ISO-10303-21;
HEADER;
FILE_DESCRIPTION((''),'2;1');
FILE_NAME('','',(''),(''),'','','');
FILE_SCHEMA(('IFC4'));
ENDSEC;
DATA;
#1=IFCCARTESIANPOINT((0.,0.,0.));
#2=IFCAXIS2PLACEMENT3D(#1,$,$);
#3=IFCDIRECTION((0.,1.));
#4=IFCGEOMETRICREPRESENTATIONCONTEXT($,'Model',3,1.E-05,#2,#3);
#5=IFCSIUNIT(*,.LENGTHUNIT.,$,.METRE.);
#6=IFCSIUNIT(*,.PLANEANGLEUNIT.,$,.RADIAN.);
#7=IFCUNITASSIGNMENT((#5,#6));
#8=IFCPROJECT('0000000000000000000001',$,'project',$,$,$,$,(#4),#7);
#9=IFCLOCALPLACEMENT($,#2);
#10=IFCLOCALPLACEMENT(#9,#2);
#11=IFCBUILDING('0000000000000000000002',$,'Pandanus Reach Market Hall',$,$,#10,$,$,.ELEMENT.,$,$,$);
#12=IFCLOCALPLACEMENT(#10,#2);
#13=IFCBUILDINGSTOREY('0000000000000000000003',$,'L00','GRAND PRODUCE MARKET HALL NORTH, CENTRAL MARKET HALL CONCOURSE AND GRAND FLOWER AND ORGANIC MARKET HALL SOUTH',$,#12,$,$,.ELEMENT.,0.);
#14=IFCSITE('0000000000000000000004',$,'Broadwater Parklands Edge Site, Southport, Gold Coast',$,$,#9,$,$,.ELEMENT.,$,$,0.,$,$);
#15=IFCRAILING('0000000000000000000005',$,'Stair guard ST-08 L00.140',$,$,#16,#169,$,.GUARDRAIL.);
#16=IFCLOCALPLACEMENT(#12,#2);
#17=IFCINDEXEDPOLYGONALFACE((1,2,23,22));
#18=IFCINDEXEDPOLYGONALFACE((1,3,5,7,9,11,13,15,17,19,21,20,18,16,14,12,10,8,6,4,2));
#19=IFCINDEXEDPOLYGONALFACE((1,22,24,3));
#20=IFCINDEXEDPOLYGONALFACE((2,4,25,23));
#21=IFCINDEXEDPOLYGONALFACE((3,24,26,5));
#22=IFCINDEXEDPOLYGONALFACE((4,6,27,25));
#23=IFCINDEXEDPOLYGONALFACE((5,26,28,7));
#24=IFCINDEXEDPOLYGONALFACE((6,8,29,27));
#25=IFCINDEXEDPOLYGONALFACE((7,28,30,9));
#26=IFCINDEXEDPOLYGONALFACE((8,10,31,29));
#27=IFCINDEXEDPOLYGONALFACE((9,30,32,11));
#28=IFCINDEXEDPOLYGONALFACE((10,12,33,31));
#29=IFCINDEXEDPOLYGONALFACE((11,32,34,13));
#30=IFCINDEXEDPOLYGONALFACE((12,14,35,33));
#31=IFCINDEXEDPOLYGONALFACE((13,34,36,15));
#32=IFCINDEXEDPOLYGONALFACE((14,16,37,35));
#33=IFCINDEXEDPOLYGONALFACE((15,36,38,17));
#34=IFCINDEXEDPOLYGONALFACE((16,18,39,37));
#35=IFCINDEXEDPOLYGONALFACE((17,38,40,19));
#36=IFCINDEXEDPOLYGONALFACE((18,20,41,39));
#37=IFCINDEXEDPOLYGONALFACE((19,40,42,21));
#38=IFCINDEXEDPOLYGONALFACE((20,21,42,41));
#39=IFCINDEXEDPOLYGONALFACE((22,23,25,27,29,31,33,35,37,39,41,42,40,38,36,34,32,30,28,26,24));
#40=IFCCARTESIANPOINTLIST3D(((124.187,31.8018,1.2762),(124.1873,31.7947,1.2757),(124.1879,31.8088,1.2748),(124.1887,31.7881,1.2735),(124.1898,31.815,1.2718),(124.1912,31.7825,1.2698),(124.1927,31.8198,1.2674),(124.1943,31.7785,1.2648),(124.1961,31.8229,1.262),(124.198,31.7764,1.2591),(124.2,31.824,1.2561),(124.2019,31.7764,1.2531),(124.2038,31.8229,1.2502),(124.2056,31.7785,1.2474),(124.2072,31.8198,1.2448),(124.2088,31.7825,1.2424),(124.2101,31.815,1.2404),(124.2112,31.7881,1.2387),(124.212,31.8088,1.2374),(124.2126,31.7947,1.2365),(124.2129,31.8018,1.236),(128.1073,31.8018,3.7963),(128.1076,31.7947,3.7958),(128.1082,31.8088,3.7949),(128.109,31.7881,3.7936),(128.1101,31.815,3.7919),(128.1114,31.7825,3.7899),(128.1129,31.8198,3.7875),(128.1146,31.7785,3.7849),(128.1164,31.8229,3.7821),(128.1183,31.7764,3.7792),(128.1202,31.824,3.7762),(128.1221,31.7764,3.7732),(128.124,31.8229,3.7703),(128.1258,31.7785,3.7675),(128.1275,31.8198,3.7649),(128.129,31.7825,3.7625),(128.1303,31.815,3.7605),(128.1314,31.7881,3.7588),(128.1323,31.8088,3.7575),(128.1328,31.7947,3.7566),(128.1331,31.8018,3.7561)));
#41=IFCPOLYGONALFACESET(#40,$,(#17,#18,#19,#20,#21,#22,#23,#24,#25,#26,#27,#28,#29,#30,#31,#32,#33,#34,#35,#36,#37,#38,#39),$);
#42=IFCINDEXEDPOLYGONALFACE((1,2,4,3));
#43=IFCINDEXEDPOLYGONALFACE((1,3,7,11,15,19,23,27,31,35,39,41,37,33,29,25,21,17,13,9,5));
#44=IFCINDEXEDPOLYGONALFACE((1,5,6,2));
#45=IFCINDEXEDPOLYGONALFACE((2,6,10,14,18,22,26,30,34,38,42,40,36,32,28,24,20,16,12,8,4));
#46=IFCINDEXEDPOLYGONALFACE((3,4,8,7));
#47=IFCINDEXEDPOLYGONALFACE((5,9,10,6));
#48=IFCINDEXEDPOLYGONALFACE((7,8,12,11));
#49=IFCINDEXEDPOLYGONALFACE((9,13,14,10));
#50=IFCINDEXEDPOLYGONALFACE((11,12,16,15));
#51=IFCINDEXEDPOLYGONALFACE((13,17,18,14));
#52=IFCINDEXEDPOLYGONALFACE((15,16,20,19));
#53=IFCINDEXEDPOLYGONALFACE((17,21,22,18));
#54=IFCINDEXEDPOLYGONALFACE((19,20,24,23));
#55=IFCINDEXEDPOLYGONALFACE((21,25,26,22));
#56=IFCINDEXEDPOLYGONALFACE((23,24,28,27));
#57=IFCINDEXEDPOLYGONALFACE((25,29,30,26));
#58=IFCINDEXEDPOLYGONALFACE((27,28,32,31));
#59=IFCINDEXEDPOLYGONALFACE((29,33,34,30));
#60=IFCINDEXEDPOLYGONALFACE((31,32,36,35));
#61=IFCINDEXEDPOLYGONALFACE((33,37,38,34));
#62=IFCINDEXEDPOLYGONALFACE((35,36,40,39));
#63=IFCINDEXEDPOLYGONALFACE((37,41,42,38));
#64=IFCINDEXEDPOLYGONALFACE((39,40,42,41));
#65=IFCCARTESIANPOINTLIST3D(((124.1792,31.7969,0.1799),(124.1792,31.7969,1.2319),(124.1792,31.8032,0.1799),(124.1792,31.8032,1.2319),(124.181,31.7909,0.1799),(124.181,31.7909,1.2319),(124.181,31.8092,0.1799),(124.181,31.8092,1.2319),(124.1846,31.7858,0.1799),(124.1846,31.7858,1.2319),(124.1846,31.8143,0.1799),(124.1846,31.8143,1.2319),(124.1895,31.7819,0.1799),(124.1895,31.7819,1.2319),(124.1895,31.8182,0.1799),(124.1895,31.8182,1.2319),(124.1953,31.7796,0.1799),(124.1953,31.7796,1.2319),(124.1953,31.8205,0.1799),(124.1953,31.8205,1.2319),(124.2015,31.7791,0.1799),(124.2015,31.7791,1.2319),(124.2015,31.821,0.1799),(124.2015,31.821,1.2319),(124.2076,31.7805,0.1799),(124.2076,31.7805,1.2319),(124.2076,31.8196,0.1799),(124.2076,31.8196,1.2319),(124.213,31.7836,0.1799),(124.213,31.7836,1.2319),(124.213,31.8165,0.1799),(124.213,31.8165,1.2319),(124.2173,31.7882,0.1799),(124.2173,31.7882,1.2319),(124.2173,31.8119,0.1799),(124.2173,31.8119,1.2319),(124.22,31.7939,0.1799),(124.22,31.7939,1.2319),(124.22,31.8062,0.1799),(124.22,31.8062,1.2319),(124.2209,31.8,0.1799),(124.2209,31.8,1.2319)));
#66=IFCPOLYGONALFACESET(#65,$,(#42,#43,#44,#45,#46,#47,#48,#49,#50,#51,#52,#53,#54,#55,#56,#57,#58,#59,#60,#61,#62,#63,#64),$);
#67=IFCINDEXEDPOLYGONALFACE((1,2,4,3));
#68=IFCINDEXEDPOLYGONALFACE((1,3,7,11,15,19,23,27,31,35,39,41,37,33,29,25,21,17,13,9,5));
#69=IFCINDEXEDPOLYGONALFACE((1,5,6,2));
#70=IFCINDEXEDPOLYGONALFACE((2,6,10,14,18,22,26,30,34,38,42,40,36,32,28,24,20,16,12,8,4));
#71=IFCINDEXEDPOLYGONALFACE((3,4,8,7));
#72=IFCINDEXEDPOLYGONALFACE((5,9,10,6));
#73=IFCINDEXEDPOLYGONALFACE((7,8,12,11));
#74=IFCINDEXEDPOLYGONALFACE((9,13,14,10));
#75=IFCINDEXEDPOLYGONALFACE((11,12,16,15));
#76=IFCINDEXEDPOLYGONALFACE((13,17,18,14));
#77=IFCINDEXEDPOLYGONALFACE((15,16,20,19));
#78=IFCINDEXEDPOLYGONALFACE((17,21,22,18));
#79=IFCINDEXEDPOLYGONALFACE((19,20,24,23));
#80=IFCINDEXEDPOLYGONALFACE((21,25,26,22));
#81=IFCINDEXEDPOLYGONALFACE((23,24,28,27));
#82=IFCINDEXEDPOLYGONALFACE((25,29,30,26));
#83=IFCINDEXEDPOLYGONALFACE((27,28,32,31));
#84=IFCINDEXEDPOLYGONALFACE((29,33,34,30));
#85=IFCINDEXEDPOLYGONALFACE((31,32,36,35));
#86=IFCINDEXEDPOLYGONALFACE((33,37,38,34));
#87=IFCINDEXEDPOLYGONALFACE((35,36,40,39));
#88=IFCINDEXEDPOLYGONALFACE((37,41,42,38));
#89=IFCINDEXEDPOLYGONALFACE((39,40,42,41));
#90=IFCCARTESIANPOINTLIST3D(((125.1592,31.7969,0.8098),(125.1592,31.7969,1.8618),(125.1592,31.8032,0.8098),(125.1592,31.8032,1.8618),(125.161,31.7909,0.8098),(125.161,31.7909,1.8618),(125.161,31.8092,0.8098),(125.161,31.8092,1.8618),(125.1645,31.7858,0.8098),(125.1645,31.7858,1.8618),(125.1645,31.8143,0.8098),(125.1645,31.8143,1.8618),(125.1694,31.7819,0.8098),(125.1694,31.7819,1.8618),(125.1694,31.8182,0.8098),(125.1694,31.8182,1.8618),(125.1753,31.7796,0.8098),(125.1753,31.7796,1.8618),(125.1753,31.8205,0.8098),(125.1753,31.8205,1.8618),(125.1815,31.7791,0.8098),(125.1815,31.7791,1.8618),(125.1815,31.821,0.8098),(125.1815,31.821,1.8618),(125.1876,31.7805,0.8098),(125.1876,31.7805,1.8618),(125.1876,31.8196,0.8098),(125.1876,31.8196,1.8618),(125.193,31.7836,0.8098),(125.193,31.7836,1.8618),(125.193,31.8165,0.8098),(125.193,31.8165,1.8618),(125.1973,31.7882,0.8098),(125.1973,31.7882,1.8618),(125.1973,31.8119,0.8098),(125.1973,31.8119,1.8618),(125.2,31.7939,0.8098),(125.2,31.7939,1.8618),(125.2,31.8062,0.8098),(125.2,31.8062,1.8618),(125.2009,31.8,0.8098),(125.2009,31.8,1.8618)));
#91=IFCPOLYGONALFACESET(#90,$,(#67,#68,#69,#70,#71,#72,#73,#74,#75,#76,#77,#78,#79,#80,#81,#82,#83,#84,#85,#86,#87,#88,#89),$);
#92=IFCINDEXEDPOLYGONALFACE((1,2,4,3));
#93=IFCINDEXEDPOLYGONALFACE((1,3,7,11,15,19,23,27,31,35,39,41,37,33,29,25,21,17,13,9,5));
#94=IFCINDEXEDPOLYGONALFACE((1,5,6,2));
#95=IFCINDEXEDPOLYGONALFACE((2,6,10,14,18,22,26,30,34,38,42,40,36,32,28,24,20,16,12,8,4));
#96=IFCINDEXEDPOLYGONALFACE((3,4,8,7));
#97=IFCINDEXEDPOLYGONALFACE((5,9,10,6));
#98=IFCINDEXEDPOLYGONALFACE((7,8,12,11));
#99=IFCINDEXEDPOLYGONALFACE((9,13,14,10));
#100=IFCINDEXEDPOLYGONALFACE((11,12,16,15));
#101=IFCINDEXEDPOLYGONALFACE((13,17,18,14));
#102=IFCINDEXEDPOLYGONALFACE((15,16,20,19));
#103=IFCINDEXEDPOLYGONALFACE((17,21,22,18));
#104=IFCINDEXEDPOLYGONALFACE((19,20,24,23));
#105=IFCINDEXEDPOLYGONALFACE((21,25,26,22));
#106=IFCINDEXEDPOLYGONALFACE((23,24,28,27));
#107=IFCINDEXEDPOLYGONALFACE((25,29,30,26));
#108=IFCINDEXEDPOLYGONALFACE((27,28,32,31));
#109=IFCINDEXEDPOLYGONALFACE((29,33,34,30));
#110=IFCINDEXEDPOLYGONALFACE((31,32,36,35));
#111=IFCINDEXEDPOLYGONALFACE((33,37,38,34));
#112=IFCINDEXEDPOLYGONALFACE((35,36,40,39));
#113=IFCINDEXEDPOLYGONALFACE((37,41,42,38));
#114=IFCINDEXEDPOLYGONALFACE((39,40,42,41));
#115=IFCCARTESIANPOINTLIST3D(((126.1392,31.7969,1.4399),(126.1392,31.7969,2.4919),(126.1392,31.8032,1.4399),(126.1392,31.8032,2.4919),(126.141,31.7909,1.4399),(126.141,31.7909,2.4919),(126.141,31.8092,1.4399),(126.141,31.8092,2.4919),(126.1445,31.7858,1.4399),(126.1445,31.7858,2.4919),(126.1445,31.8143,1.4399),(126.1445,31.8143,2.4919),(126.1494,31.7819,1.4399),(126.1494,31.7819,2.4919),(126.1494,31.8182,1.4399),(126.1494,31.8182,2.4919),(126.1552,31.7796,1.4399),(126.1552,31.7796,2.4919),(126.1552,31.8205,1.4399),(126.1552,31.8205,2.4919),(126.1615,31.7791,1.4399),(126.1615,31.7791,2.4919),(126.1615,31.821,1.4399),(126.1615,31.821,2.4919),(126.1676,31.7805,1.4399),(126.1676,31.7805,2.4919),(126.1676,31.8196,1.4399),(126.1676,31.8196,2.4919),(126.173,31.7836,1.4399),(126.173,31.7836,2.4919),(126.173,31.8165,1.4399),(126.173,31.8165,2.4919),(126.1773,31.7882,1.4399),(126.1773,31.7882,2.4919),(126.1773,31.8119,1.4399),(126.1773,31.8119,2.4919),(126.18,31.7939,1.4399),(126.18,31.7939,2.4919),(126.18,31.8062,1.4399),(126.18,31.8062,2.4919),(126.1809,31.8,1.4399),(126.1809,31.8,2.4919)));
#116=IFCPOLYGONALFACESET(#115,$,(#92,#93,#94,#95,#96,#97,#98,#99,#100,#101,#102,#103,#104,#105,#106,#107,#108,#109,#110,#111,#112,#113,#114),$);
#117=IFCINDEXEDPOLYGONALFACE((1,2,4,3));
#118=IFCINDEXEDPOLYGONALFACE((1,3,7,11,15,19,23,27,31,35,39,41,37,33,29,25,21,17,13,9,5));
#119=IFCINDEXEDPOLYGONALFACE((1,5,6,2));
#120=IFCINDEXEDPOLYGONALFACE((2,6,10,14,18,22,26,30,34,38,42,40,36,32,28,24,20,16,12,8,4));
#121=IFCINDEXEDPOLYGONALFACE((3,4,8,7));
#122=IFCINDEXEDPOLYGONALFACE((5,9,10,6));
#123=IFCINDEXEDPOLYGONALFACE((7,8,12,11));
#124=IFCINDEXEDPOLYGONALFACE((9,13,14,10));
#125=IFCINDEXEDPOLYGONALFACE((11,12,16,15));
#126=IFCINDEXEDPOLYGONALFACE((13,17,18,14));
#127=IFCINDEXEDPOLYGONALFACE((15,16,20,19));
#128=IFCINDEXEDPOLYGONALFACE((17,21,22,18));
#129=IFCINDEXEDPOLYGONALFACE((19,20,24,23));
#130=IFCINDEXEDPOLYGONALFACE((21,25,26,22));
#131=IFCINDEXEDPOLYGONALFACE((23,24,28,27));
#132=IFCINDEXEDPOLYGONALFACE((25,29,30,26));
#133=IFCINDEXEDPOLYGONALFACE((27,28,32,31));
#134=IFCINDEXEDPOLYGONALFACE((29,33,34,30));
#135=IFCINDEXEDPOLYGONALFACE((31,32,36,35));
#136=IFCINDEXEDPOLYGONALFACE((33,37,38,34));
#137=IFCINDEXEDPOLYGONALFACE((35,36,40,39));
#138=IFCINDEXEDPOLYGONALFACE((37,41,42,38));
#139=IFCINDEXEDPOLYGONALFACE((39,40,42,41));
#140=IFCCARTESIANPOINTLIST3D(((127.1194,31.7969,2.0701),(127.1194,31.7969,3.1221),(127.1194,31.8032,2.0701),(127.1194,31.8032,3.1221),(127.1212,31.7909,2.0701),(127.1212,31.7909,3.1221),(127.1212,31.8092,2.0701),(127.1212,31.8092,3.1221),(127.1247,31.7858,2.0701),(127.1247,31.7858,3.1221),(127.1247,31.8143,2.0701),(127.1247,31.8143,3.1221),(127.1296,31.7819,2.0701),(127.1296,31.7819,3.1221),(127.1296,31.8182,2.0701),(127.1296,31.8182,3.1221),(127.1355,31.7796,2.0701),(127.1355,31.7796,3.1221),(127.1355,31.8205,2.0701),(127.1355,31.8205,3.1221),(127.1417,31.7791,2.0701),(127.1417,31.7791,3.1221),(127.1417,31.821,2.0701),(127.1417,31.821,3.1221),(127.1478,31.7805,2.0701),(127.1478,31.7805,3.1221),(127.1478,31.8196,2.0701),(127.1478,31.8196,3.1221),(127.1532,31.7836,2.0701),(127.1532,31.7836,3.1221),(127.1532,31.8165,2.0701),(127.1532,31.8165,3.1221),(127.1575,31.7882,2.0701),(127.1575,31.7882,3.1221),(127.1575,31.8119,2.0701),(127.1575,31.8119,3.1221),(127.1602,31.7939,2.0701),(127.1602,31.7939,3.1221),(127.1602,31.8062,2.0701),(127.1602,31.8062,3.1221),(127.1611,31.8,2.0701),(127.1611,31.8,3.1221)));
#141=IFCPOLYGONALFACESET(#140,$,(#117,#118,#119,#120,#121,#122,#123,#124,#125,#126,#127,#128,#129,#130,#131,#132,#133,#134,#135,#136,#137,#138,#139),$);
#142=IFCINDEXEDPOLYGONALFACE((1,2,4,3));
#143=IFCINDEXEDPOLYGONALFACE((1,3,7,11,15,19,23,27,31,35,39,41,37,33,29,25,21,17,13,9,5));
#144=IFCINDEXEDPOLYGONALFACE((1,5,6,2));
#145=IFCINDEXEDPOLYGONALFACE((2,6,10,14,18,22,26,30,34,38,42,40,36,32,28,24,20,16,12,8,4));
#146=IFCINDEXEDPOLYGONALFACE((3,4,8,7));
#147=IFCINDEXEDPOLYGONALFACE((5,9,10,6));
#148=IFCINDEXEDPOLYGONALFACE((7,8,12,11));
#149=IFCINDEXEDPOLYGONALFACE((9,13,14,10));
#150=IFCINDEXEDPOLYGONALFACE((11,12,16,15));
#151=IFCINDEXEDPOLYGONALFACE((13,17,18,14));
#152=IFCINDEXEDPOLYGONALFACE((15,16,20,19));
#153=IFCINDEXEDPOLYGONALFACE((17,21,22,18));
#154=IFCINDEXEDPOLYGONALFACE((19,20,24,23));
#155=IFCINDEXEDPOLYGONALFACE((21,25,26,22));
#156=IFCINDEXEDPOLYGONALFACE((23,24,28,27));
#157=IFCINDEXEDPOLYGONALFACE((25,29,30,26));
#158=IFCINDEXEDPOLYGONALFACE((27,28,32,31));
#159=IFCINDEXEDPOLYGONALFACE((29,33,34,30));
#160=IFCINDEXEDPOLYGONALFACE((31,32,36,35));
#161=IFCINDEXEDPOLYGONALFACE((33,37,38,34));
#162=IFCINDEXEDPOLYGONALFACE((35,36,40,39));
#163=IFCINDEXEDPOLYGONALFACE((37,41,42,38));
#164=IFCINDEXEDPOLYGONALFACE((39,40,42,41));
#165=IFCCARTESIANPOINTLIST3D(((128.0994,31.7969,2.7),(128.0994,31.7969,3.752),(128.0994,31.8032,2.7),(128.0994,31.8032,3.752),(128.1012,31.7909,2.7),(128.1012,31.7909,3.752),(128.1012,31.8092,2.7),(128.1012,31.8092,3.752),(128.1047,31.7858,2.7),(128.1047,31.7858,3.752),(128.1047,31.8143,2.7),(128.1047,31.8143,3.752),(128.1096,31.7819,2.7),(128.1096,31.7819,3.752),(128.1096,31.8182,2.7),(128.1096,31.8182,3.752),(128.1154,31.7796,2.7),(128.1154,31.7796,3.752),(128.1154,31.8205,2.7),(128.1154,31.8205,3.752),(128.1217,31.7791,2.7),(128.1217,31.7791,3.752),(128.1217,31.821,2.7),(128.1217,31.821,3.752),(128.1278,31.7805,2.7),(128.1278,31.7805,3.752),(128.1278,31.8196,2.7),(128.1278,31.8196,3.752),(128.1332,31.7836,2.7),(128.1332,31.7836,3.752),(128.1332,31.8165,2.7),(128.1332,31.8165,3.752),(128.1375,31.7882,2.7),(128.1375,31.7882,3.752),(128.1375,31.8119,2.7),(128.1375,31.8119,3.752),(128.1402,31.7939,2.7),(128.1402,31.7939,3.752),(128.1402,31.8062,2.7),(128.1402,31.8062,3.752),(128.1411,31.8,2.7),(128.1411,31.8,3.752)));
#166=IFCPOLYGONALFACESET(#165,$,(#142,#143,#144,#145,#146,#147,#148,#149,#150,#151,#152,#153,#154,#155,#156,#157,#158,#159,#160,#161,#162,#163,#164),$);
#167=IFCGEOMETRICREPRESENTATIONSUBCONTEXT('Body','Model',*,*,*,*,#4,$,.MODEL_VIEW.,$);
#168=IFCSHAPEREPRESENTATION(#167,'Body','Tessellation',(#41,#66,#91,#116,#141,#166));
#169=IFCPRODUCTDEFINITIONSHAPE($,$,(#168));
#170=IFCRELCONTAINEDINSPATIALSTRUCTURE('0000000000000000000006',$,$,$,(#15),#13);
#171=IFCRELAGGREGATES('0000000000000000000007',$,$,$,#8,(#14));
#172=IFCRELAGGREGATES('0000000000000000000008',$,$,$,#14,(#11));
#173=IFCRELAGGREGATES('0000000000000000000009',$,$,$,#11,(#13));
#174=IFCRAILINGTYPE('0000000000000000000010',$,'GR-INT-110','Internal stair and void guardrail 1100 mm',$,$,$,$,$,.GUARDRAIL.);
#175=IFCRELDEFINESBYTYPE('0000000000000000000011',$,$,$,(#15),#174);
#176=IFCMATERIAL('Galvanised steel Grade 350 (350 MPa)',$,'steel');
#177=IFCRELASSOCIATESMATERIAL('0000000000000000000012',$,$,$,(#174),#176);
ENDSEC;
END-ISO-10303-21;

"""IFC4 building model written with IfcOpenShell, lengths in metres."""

from ifc_helpers import new_model, si_unit, direction, frame, origin, origin_2d, place, context, subcontext, project, spatial, circle, extrude, material, type_object, element, save


model = new_model("IFC4")

# Units and contexts
model_context = context("Model", 3, precision=1e-05, world=origin(), true_north=direction((0.0, 1.0)))
body_context = subcontext(model_context, "Body", "Model", "MODEL_VIEW")
ifc_project = project(units=[si_unit("LENGTHUNIT", "METRE"), si_unit("PLANEANGLEUNIT", "RADIAN")], contexts=[model_context])

# Site, building, storey
site_placement = place(None, origin())
site = spatial("IfcSite", under=ifc_project, at=site_placement, Name="Broadwater Parklands Edge Site, Southport, Gold Coast", CompositionType="ELEMENT", RefElevation=0.0)
building_placement = place(site_placement, origin())
building = spatial("IfcBuilding", under=site, at=building_placement, Name="Pandanus Reach Market Hall", CompositionType="ELEMENT")
storey_placement = place(building_placement, origin())
storey = spatial("IfcBuildingStorey", under=building, at=storey_placement, Name="L00", Description="GRAND PRODUCE MARKET HALL NORTH, CENTRAL MARKET HALL CONCOURSE AND GRAND FLOWER AND ORGANIC MARKET HALL SOUTH", CompositionType="ELEMENT", Elevation=0.0)

# Railing
ifc_material_1 = material(Name="Galvanised steel Grade 350 (350 MPa)", Category="steel")
railing_type_1 = type_object("IfcRailingType", Name="GR-INT-110", Description="Internal stair and void guardrail 1100 mm", PredefinedType="GUARDRAIL", material=ifc_material_1)
railing_1_placement = place(storey_placement, frame((124.2, 31.8, 0.1799)))
element("IfcRailing", 1, at=railing_1_placement, inside=storey, type_object=railing_type_1, Name="Stair guard ST-08 L00.140", PredefinedType="GUARDRAIL", context=body_context, shape_type="SweptSolid", body=[
    extrude(circle(Radius=0.0239, at=origin_2d()), frame((0.0, 0.0, 1.0762), z_axis=(0.841187, 0.0, 0.540744), x_axis=(0.0, 1.0, 0.0)), (0.0, 0.0, 1.0), 4.6604),
    extrude(circle(Radius=0.021, at=origin_2d()), origin(), (0.0, 0.0, 1.0), 1.052),
    extrude(circle(Radius=0.021, at=origin_2d()), frame((0.98, 0.0, 0.6299)), (0.0, 0.0, 1.0), 1.052),
    extrude(circle(Radius=0.021, at=origin_2d()), frame((1.96, 0.0, 1.26)), (0.0, 0.0, 1.0), 1.052),
    extrude(circle(Radius=0.021, at=origin_2d()), frame((2.9402, 0.0, 1.8901)), (0.0, 0.0, 1.0), 1.052),
    extrude(circle(Radius=0.021, at=origin_2d()), frame((3.9202, 0.0, 2.52)), (0.0, 0.0, 1.0), 1.052),
])

save(model, "model.ifc")
